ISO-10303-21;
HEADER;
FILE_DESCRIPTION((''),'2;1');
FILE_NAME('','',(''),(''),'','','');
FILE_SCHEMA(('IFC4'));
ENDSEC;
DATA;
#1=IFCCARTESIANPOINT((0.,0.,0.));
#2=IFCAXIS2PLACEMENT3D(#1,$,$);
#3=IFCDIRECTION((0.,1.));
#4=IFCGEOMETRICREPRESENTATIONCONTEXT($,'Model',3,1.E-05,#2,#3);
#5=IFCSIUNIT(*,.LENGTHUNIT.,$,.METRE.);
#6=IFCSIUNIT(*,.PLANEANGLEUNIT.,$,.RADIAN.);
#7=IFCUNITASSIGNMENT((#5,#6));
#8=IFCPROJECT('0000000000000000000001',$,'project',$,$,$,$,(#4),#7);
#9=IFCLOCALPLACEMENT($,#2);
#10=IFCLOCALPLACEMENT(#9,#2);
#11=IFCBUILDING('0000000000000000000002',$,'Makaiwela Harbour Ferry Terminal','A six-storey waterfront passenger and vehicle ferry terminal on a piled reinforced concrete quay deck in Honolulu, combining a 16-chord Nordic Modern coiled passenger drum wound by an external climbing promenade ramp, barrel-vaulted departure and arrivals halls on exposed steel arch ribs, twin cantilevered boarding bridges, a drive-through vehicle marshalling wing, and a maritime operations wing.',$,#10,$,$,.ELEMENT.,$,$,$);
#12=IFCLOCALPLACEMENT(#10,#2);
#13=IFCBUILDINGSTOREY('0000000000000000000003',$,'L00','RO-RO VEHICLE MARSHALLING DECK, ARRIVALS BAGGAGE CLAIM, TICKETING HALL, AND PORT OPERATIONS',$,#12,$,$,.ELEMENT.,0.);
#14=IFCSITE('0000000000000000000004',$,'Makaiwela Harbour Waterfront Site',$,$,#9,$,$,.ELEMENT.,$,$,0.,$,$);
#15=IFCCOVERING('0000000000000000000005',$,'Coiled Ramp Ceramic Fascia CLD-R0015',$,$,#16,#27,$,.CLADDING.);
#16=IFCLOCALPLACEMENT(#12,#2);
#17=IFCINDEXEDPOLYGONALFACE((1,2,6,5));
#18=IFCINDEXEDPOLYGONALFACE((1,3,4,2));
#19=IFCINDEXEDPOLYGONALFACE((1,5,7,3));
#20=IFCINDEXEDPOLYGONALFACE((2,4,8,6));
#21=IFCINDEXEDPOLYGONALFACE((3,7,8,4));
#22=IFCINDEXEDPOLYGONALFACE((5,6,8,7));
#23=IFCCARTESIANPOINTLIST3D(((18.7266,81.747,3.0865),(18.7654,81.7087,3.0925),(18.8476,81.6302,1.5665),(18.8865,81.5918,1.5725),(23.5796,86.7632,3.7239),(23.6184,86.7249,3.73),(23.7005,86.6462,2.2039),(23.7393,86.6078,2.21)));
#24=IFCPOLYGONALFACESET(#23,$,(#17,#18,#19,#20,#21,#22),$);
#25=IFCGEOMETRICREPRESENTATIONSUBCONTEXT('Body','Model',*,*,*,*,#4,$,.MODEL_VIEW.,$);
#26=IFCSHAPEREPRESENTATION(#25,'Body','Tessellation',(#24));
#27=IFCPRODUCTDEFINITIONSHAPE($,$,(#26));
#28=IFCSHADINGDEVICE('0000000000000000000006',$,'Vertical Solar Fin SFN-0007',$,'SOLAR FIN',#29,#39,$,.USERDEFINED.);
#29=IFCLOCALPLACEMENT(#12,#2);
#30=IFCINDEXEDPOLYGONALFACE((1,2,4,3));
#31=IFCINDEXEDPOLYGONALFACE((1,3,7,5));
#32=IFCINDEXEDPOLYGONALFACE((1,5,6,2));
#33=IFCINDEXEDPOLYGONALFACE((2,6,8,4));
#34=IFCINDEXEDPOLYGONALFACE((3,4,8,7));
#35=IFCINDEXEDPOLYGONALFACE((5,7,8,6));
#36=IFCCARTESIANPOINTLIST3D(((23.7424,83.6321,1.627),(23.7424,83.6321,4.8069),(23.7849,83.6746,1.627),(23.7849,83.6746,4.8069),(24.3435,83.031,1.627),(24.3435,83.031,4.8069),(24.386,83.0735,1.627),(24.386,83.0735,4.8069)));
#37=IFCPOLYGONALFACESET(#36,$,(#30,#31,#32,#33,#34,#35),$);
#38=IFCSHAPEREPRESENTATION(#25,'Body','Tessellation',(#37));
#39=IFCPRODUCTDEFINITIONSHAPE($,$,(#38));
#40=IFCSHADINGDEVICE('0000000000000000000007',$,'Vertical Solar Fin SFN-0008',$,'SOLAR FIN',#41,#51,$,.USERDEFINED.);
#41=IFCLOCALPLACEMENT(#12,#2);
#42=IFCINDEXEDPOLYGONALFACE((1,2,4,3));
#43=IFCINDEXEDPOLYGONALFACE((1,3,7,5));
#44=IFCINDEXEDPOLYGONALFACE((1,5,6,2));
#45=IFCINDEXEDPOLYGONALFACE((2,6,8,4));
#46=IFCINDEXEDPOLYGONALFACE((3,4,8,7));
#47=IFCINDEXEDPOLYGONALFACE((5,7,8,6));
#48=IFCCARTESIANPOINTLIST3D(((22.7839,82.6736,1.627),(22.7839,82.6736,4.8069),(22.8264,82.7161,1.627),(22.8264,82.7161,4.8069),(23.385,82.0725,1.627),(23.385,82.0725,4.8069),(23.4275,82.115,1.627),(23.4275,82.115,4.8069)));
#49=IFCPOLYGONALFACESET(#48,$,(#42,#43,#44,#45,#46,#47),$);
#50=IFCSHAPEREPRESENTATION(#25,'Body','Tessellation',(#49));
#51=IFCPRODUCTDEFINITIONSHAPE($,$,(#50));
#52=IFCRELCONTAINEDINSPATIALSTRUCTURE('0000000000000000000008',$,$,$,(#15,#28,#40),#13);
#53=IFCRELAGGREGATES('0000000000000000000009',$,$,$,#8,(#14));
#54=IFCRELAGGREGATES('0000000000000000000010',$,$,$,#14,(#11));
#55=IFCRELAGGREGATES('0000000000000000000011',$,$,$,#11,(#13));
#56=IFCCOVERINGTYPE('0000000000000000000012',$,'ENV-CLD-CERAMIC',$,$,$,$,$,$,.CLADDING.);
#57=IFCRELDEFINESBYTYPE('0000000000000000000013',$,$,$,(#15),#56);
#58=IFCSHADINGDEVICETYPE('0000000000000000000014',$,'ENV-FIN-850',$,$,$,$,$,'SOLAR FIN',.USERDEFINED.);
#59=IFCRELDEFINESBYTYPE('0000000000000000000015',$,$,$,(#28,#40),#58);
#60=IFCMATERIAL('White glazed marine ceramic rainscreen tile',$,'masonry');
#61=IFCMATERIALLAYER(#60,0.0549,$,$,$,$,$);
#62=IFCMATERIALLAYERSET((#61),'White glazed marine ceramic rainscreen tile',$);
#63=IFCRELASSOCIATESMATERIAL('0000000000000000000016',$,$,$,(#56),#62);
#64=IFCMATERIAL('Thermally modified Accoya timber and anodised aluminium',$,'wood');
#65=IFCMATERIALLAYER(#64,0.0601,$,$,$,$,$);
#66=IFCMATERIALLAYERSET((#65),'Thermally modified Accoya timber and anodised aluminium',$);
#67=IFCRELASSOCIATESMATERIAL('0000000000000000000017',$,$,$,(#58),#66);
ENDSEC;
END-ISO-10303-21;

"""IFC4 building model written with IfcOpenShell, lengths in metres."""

from ifc_helpers import new_model, si_unit, direction, frame, origin, origin_2d, place, context, subcontext, project, spatial, polyline, rectangle, outline, extrude, material, layer, layer_set, type_object, element, save


model = new_model("IFC4")

# Units and contexts
model_context = context("Model", 3, precision=1e-05, world=origin(), true_north=direction((0.0, 1.0)))
body_context = subcontext(model_context, "Body", "Model", "MODEL_VIEW")
ifc_project = project(units=[si_unit("LENGTHUNIT", "METRE"), si_unit("PLANEANGLEUNIT", "RADIAN")], contexts=[model_context])

# Site, building, storey
site_placement = place(None, origin())
site = spatial("IfcSite", under=ifc_project, at=site_placement, Name="Makaiwela Harbour Waterfront Site", CompositionType="ELEMENT", RefElevation=0.0)
building_placement = place(site_placement, origin())
building = spatial("IfcBuilding", under=site, at=building_placement, Name="Makaiwela Harbour Ferry Terminal", Description="A six-storey waterfront passenger and vehicle ferry terminal on a piled reinforced concrete quay deck in Honolulu, combining a 16-chord Nordic Modern coiled passenger drum wound by an external climbing promenade ramp, barrel-vaulted departure and arrivals halls on exposed steel arch ribs, twin cantilevered boarding bridges, a drive-through vehicle marshalling wing, and a maritime operations wing.", CompositionType="ELEMENT")
storey_placement = place(building_placement, origin())
storey = spatial("IfcBuildingStorey", under=building, at=storey_placement, Name="L00", Description="RO-RO VEHICLE MARSHALLING DECK, ARRIVALS BAGGAGE CLAIM, TICKETING HALL, AND PORT OPERATIONS", CompositionType="ELEMENT", Elevation=0.0)

# Covering
ifc_material_1 = material(Name="White glazed marine ceramic rainscreen tile", Category="masonry")
ifc_layer_1 = layer(ifc_material_1, 0.0549)
ifc_layer_set_1 = layer_set([ifc_layer_1], Name="White glazed marine ceramic rainscreen tile")
covering_type = type_object("IfcCoveringType", Name="ENV-CLD-CERAMIC", PredefinedType="CLADDING", material=ifc_layer_set_1)
covering_1_placement = place(storey_placement, frame((18.8865, 81.5918, 1.5725), z_axis=(0.707317, -0.698284, 0.110015), x_axis=(0.692436, 0.715723, 0.090957)))
element("IfcCovering", 1, at=covering_1_placement, inside=storey, type_object=covering_type, Name="Coiled Ramp Ceramic Fascia CLD-R0015", PredefinedType="CLADDING", context=body_context, shape_type="SweptSolid", body=[
    extrude(outline(polyline([(0.0, 0.0), (7.0084, 0.0), (7.1466, 1.523), (0.1381, 1.5231), (0.0, 0.0)])), origin(), (0.0, 0.0, -1.0), 0.0549),
])

# Shading devices
ifc_material_2 = material(Name="Thermally modified Accoya timber and anodised aluminium", Category="wood")
ifc_layer_2 = layer(ifc_material_2, 0.0601)
ifc_layer_set_2 = layer_set([ifc_layer_2], Name="Thermally modified Accoya timber and anodised aluminium")
shading_device_type = type_object("IfcShadingDeviceType", Name="ENV-FIN-850", ElementType="SOLAR FIN", PredefinedType="USERDEFINED", material=ifc_layer_set_2)
for number, where, z_axis, x_axis, name in (
    (2, (24.0642, 83.3528, 1.627), (0.0, 0.0, 1.0), (-0.707107, 0.707107, 0.0), "Vertical Solar Fin SFN-0007"),
    (3, (23.1057, 82.3943, 1.627), (0.0, 0.0, 1.0), (-0.707107, 0.707107, 0.0), "Vertical Solar Fin SFN-0008"),
):
    element("IfcShadingDevice", number, at=place(storey_placement, frame(where, z_axis=z_axis, x_axis=x_axis)), inside=storey, type_object=shading_device_type, Name=name, ObjectType="SOLAR FIN", PredefinedType="USERDEFINED", context=body_context, shape_type="SweptSolid", body=[
        extrude(rectangle(XDim=0.8501, YDim=0.0601, at=origin_2d()), origin(), (0.0, 0.0, 1.0), 3.1799),
    ])

save(model, "model.ifc")
